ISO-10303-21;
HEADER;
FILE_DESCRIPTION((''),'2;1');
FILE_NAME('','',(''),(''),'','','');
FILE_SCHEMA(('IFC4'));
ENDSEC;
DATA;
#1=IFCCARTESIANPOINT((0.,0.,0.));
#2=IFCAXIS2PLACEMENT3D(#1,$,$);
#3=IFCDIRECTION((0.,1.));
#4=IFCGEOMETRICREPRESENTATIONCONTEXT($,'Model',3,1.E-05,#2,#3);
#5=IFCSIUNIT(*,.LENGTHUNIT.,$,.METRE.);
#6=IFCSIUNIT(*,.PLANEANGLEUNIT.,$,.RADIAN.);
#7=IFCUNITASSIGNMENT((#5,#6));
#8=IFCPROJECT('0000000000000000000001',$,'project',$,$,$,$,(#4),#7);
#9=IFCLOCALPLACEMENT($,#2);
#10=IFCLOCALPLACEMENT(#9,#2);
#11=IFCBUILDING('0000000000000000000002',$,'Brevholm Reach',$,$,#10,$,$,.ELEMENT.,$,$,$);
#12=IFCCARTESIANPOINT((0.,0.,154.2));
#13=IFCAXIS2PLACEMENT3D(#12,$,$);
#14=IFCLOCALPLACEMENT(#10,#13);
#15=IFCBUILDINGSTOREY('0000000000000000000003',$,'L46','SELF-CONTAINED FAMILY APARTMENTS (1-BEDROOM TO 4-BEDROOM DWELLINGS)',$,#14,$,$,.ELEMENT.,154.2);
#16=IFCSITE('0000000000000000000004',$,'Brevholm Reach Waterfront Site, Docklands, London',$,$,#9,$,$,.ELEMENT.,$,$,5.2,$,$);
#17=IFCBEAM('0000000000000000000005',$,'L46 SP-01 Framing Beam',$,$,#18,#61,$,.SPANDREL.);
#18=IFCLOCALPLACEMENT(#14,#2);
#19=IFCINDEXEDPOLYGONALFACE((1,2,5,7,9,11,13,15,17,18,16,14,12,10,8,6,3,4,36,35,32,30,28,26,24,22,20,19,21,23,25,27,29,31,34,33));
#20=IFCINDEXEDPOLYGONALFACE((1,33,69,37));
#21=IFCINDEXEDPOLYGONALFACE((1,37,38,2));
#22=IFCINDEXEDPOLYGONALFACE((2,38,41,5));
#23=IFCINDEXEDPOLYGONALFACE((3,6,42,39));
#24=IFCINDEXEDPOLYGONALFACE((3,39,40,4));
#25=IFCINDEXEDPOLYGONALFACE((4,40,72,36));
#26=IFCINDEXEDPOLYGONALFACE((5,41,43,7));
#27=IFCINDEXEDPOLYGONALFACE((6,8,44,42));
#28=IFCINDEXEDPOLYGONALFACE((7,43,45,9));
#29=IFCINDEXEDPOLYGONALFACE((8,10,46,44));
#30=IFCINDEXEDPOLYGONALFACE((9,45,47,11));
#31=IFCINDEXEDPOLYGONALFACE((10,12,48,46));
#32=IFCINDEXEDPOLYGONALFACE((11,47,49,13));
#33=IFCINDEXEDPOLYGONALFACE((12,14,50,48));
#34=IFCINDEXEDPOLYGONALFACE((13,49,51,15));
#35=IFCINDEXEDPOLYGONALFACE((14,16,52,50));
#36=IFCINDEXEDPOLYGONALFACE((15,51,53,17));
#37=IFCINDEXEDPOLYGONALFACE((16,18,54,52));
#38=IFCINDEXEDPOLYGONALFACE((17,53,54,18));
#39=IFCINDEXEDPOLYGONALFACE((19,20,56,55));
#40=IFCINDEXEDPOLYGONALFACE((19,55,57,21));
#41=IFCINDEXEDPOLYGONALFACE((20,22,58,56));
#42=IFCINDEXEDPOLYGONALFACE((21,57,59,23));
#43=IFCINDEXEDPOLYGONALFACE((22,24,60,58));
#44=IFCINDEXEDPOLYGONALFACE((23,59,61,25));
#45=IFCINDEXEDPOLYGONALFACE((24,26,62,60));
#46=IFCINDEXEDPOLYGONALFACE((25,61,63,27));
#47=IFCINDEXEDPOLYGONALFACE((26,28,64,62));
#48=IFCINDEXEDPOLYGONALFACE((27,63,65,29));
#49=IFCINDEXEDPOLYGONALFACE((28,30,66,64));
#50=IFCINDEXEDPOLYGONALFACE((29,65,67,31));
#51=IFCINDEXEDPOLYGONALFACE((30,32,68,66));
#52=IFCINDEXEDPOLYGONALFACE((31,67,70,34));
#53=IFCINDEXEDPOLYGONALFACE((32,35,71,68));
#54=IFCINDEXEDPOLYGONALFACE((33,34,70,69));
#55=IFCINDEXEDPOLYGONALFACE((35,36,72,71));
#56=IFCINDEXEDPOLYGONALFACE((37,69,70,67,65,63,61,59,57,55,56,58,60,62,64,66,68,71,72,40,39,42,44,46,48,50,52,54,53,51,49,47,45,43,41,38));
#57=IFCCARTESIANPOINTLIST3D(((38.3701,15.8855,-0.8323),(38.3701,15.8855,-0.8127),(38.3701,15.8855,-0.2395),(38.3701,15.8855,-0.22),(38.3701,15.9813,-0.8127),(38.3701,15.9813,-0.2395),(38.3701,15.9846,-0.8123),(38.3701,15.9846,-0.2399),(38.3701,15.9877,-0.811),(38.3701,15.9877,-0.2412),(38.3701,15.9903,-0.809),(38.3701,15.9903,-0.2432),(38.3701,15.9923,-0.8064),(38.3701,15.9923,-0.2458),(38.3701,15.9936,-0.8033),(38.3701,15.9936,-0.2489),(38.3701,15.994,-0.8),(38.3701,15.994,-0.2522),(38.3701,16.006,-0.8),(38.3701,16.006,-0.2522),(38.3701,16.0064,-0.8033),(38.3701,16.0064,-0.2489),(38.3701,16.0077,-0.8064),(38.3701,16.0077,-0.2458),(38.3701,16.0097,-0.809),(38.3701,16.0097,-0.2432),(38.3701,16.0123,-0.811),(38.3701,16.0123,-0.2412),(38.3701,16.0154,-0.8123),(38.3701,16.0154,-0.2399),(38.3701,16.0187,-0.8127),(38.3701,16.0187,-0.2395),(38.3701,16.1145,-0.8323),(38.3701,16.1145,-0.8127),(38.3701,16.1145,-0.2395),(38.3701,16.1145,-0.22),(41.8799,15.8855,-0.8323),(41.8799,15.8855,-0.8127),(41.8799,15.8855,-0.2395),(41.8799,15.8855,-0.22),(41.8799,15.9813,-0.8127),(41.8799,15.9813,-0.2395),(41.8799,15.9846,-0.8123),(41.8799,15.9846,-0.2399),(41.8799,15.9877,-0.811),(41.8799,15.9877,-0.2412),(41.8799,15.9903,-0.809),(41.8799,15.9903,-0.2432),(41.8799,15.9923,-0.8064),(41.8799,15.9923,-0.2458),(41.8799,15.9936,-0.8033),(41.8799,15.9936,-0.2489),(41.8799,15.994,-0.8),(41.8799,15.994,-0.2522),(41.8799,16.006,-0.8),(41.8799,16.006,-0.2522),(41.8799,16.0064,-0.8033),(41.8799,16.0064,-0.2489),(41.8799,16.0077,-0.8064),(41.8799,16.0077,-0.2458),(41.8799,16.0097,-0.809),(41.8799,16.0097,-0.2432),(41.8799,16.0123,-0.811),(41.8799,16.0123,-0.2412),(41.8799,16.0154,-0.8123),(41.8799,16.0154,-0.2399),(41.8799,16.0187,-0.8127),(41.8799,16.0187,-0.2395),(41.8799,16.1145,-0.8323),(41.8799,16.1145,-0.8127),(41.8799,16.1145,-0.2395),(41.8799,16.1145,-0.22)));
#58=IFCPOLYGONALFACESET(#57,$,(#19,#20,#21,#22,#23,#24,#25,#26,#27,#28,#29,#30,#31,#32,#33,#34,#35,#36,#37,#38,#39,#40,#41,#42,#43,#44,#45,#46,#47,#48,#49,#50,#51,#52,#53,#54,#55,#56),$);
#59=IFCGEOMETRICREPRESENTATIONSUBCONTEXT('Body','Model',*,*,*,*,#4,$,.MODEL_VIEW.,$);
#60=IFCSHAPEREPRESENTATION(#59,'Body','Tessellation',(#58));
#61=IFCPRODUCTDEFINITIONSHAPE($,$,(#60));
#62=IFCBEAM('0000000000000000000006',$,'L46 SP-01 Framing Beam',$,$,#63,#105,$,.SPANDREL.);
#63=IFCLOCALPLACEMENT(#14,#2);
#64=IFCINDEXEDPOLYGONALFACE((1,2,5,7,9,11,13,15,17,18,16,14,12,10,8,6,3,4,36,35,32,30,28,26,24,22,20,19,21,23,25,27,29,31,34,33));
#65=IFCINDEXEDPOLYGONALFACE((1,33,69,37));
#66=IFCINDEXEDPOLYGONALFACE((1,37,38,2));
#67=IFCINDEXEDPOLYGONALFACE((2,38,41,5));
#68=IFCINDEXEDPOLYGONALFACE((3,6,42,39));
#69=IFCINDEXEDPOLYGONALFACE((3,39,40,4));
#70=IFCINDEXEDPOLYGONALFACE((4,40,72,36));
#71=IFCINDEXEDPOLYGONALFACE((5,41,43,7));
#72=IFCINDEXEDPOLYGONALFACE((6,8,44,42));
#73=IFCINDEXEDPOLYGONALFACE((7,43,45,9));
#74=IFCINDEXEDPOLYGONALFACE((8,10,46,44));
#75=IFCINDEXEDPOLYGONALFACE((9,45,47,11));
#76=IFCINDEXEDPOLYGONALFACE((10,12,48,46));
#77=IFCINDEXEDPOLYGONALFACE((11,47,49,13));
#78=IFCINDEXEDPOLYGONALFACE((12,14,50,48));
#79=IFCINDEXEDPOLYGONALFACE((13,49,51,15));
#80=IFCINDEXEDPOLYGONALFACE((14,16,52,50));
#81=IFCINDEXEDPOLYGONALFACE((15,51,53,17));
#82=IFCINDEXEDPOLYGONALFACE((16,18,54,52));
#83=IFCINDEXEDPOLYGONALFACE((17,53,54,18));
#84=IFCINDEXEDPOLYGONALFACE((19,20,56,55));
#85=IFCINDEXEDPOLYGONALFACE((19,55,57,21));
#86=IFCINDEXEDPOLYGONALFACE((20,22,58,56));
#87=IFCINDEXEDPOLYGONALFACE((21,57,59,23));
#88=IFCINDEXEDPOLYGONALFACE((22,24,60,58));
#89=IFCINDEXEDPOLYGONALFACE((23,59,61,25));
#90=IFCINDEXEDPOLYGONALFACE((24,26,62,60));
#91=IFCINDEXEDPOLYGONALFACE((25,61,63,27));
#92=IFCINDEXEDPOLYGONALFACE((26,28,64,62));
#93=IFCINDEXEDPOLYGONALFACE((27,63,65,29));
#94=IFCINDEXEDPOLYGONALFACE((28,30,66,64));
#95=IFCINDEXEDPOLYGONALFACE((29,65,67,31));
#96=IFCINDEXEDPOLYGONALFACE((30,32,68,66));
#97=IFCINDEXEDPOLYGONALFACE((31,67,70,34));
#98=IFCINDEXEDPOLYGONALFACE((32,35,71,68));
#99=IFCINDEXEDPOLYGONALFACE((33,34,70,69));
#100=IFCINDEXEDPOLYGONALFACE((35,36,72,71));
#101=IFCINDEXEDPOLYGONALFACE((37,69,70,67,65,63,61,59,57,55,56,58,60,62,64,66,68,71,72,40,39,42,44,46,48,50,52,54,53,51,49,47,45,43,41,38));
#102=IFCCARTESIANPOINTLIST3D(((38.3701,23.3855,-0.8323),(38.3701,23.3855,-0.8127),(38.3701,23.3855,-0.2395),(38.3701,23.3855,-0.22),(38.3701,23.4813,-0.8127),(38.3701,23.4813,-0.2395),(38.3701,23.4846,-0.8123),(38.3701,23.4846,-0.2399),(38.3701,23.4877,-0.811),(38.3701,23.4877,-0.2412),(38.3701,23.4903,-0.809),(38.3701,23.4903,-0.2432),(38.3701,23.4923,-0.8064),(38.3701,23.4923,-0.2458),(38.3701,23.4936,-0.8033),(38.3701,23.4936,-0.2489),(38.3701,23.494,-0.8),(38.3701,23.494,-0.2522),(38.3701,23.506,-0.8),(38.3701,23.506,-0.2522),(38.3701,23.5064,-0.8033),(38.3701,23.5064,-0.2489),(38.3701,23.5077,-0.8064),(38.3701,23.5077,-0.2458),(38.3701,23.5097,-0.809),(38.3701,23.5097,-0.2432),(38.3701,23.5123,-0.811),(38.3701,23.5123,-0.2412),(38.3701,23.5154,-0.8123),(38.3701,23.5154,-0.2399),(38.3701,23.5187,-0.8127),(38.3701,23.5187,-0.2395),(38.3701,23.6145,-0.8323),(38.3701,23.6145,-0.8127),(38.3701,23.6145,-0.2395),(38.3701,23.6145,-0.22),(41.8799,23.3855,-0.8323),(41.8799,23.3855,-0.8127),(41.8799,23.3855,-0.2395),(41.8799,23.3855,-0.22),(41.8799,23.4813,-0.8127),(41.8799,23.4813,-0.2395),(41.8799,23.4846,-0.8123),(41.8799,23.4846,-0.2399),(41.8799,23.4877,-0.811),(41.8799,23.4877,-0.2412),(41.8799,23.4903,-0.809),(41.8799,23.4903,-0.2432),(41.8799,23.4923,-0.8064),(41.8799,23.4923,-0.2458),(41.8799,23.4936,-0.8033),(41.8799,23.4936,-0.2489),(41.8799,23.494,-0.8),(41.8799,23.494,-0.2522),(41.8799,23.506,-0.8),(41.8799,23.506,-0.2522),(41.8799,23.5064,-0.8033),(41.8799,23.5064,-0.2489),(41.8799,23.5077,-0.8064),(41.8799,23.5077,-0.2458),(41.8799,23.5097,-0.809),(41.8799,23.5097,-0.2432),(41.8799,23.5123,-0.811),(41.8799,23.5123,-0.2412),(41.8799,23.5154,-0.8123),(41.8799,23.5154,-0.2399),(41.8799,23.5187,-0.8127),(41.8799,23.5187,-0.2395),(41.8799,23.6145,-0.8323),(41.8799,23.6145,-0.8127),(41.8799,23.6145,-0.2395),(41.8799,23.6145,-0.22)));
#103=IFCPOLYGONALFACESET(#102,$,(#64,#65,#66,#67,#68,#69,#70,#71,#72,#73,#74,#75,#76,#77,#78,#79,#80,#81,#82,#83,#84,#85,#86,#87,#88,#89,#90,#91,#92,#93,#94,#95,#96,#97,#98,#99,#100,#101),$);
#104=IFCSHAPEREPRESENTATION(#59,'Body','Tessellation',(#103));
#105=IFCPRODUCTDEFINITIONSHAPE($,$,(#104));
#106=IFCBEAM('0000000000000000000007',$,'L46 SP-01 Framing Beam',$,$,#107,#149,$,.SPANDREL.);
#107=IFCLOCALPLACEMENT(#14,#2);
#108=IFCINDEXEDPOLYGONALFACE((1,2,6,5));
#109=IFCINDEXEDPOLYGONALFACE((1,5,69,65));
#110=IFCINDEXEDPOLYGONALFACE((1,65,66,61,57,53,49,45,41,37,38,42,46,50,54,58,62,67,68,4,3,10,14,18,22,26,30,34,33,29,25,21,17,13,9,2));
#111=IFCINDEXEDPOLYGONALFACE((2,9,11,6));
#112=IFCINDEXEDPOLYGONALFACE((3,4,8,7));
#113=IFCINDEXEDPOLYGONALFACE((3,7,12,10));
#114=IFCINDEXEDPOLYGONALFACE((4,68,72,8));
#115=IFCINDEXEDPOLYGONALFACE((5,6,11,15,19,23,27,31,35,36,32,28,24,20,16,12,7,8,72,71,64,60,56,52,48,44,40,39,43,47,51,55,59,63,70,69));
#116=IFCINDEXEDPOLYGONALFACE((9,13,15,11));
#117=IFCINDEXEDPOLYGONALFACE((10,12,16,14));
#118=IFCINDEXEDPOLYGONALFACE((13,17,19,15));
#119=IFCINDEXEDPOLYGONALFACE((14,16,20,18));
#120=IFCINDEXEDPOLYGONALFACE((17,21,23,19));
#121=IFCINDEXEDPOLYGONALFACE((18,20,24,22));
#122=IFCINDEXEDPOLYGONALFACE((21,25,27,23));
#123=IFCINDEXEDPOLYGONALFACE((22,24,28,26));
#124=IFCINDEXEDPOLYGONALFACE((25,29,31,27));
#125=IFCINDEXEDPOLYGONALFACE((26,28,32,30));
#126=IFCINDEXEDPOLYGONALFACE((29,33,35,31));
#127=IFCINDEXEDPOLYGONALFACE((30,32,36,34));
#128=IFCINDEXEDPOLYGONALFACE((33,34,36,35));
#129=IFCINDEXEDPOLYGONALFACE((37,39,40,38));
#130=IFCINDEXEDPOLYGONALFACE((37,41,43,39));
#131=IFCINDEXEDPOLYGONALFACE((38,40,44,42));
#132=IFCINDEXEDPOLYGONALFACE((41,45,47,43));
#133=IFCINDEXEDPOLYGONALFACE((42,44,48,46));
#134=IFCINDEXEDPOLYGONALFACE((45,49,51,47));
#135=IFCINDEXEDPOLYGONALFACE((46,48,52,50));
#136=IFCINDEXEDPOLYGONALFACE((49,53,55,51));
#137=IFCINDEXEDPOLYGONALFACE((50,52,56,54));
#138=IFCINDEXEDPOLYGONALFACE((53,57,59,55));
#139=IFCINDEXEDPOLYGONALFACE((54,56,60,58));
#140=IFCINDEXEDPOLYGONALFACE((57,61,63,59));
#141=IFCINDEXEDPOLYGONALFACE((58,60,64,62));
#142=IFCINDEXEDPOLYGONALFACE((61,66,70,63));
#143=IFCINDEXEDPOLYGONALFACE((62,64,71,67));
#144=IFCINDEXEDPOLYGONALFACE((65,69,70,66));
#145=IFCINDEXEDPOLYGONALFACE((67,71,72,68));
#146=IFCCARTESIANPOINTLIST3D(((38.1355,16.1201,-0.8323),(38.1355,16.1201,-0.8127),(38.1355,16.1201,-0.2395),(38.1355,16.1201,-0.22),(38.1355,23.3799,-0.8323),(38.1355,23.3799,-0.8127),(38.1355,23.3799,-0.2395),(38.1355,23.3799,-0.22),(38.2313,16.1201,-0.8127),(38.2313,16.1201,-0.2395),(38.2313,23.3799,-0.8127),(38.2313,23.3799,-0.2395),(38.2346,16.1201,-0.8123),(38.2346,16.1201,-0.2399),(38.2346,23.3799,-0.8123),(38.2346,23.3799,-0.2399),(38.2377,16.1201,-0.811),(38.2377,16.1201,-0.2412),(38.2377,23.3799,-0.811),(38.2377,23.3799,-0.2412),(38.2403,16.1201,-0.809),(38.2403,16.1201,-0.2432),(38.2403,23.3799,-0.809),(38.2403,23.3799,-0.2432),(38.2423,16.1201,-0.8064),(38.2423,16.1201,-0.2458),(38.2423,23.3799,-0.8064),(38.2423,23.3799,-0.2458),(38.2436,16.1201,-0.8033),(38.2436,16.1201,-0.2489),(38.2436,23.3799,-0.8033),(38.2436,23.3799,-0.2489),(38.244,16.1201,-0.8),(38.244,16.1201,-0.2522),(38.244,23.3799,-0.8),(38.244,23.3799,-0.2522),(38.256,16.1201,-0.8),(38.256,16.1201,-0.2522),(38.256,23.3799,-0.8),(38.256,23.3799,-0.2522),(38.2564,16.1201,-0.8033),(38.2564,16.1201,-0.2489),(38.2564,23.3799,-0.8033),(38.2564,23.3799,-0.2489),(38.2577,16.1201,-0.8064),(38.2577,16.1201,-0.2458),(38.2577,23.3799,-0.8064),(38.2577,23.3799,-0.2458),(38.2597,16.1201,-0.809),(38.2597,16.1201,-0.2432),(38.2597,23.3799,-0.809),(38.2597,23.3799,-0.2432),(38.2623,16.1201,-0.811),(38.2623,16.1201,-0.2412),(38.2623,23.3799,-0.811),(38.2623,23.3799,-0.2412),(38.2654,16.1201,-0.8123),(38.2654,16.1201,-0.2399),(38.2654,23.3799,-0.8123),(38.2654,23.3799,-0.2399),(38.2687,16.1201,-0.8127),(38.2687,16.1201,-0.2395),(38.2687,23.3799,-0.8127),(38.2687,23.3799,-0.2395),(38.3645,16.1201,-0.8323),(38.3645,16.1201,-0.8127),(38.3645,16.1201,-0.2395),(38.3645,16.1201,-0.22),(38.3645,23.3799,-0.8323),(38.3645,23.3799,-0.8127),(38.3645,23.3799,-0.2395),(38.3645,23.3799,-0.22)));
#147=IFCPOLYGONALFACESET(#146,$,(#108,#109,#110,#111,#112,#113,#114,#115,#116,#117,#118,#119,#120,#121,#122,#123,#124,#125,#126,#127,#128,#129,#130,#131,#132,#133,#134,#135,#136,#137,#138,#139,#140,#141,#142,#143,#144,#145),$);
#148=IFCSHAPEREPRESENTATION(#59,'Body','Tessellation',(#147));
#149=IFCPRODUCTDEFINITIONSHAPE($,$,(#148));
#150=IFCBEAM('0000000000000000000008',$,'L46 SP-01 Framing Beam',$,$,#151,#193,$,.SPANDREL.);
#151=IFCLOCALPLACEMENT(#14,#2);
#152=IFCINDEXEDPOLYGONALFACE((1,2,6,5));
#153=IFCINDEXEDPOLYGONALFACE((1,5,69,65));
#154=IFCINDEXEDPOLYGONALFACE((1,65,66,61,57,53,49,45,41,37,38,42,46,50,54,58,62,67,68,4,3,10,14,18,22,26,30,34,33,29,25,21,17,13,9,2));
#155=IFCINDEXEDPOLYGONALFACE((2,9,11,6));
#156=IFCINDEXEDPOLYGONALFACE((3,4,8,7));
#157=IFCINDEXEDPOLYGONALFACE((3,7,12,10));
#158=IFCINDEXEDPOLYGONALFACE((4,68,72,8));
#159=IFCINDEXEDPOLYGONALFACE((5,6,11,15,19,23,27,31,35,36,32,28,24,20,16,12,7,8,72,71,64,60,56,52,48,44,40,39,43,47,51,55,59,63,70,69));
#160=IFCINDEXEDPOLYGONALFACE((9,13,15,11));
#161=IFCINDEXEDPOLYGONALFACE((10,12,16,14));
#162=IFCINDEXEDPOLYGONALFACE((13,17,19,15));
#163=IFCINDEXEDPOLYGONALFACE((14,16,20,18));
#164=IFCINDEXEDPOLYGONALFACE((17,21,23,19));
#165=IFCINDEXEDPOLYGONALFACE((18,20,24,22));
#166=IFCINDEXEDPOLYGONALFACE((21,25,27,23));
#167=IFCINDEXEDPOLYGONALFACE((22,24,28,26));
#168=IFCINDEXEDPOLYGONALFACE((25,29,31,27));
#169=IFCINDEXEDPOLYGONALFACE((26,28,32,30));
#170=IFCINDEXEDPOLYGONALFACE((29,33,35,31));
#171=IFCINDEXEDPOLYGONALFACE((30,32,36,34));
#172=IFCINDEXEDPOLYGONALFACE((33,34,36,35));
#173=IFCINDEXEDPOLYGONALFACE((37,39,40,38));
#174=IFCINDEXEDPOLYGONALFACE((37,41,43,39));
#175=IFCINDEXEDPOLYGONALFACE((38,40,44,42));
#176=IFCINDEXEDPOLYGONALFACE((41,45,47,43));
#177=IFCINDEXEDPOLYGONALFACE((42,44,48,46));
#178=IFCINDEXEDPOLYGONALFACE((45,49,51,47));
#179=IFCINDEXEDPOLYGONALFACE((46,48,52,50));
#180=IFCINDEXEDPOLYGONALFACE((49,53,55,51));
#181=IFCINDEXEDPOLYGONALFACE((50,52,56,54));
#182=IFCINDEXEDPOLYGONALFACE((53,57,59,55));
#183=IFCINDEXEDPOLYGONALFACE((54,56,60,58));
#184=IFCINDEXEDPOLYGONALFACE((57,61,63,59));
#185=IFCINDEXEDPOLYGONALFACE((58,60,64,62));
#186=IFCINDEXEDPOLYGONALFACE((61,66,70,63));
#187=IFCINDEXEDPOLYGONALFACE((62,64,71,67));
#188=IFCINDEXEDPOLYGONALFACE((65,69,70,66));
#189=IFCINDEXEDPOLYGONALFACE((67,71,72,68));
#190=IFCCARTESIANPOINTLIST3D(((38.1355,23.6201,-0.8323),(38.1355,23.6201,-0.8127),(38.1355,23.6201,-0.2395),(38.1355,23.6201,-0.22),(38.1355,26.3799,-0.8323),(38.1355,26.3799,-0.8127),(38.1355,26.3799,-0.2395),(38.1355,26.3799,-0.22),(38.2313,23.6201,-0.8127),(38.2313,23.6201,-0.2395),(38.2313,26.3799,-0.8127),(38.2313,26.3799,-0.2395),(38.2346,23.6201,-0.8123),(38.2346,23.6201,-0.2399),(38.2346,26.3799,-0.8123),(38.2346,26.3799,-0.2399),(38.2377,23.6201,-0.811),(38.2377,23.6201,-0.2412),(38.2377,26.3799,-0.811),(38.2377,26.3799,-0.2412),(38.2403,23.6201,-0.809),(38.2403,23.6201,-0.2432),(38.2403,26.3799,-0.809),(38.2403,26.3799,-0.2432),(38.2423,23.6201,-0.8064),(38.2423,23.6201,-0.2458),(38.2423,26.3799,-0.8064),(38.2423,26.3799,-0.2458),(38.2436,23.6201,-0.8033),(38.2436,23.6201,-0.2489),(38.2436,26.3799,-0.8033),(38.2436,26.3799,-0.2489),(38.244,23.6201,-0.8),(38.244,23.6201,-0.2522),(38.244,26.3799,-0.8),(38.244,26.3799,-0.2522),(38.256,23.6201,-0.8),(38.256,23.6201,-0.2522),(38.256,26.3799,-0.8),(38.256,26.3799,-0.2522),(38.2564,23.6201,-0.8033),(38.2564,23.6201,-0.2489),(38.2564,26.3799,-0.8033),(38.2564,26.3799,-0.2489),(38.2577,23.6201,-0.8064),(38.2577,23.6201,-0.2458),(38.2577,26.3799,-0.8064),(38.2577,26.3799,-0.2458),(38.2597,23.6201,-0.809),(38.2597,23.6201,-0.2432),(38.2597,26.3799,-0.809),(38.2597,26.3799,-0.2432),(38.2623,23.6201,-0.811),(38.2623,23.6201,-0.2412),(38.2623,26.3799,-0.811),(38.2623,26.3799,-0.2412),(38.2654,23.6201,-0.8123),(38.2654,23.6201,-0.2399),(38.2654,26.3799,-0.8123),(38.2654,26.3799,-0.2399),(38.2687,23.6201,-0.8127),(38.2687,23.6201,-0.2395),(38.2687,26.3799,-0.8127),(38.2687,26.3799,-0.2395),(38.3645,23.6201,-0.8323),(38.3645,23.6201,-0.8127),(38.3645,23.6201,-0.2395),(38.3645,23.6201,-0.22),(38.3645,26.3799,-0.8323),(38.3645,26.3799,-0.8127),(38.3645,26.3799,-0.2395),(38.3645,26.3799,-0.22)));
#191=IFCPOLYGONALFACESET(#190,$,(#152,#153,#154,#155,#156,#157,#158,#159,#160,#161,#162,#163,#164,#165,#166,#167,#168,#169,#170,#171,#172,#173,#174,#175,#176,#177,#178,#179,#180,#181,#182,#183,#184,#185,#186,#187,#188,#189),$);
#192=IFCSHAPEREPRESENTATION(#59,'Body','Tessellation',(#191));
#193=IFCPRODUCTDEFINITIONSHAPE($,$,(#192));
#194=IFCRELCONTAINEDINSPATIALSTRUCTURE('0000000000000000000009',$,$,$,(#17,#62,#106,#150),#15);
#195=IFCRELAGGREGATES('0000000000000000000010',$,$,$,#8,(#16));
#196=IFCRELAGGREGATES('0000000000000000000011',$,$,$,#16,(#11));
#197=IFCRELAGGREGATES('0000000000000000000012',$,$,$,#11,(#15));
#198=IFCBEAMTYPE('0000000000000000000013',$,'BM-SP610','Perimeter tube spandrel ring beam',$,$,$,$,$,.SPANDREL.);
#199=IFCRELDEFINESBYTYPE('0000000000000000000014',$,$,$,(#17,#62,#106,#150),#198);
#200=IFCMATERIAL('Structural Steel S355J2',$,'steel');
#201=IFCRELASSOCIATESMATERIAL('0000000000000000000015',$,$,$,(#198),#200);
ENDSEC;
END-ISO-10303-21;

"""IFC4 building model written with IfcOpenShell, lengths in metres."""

from ifc_helpers import new_model, si_unit, direction, frame, origin, origin_2d, place, context, subcontext, project, spatial, i_section, extrude, material, material_profile, profile_set, type_object, element, save


model = new_model("IFC4")

# Units and contexts
model_context = context("Model", 3, precision=1e-05, world=origin(), true_north=direction((0.0, 1.0)))
body_context = subcontext(model_context, "Body", "Model", "MODEL_VIEW")
ifc_project = project(units=[si_unit("LENGTHUNIT", "METRE"), si_unit("PLANEANGLEUNIT", "RADIAN")], contexts=[model_context])

# Site, building, storey
site_placement = place(None, origin())
site = spatial("IfcSite", under=ifc_project, at=site_placement, Name="Brevholm Reach Waterfront Site, Docklands, London", CompositionType="ELEMENT", RefElevation=5.2)
building_placement = place(site_placement, origin())
building = spatial("IfcBuilding", under=site, at=building_placement, Name="Brevholm Reach", CompositionType="ELEMENT")
storey_placement = place(building_placement, frame((0.0, 0.0, 154.2)))
storey = spatial("IfcBuildingStorey", under=building, at=storey_placement, Name="L46", Description="SELF-CONTAINED FAMILY APARTMENTS (1-BEDROOM TO 4-BEDROOM DWELLINGS)", CompositionType="ELEMENT", Elevation=154.2)

# Beams
ifc_material_1 = material(Name="Structural Steel S355J2", Category="steel")
ifc_material_profile_1 = material_profile(ifc_material_1, i_section(OverallWidth=0.229, OverallDepth=0.6123, WebThickness=0.012, FlangeThickness=0.0195, FilletRadius=0.0127, at=origin_2d()), Name="UKB 610x229x125")
ifc_profile_set_1 = profile_set([ifc_material_profile_1], Name="Structural Steel S355J2")
beam_type_1 = type_object("IfcBeamType", Name="BM-SP610", Description="Perimeter tube spandrel ring beam", PredefinedType="SPANDREL", material=ifc_profile_set_1)
for number, where, z_axis, x_axis, name in (
    (1, (38.3701, 16.0, -0.5261), (1.0, 0.0, 0.0), (0.0, 1.0, 0.0), "L46 SP-01 Framing Beam"),
    (2, (38.3701, 23.5, -0.5261), (1.0, 0.0, 0.0), (0.0, 1.0, 0.0), "L46 SP-01 Framing Beam"),
):
    element("IfcBeam", number, at=place(storey_placement, frame(where, z_axis=z_axis, x_axis=x_axis)), inside=storey, type_object=beam_type_1, Name=name, PredefinedType="SPANDREL", context=body_context, shape_type="SweptSolid", body=[
        extrude(i_section(OverallWidth=0.229, OverallDepth=0.6123, WebThickness=0.012, FlangeThickness=0.0195, FilletRadius=0.0127, at=origin_2d()), origin(), (0.0, 0.0, 1.0), 3.5098),
    ])
beam_1_placement = place(storey_placement, frame((38.25, 16.1201, -0.5261), z_axis=(0.0, 1.0, 0.0), x_axis=(-1.0, 0.0, 0.0)))
element("IfcBeam", 3, at=beam_1_placement, inside=storey, type_object=beam_type_1, Name="L46 SP-01 Framing Beam", PredefinedType="SPANDREL", context=body_context, shape_type="SweptSolid", body=[
    extrude(i_section(OverallWidth=0.229, OverallDepth=0.6123, WebThickness=0.012, FlangeThickness=0.0195, FilletRadius=0.0127, at=origin_2d()), origin(), (0.0, 0.0, 1.0), 7.2598),
])
beam_2_placement = place(storey_placement, frame((38.25, 23.6201, -0.5261), z_axis=(0.0, 1.0, 0.0), x_axis=(-1.0, 0.0, 0.0)))
element("IfcBeam", 4, at=beam_2_placement, inside=storey, type_object=beam_type_1, Name="L46 SP-01 Framing Beam", PredefinedType="SPANDREL", context=body_context, shape_type="SweptSolid", body=[
    extrude(i_section(OverallWidth=0.229, OverallDepth=0.6123, WebThickness=0.012, FlangeThickness=0.0195, FilletRadius=0.0127, at=origin_2d()), origin(), (0.0, 0.0, 1.0), 2.7598),
])

save(model, "model.ifc")
